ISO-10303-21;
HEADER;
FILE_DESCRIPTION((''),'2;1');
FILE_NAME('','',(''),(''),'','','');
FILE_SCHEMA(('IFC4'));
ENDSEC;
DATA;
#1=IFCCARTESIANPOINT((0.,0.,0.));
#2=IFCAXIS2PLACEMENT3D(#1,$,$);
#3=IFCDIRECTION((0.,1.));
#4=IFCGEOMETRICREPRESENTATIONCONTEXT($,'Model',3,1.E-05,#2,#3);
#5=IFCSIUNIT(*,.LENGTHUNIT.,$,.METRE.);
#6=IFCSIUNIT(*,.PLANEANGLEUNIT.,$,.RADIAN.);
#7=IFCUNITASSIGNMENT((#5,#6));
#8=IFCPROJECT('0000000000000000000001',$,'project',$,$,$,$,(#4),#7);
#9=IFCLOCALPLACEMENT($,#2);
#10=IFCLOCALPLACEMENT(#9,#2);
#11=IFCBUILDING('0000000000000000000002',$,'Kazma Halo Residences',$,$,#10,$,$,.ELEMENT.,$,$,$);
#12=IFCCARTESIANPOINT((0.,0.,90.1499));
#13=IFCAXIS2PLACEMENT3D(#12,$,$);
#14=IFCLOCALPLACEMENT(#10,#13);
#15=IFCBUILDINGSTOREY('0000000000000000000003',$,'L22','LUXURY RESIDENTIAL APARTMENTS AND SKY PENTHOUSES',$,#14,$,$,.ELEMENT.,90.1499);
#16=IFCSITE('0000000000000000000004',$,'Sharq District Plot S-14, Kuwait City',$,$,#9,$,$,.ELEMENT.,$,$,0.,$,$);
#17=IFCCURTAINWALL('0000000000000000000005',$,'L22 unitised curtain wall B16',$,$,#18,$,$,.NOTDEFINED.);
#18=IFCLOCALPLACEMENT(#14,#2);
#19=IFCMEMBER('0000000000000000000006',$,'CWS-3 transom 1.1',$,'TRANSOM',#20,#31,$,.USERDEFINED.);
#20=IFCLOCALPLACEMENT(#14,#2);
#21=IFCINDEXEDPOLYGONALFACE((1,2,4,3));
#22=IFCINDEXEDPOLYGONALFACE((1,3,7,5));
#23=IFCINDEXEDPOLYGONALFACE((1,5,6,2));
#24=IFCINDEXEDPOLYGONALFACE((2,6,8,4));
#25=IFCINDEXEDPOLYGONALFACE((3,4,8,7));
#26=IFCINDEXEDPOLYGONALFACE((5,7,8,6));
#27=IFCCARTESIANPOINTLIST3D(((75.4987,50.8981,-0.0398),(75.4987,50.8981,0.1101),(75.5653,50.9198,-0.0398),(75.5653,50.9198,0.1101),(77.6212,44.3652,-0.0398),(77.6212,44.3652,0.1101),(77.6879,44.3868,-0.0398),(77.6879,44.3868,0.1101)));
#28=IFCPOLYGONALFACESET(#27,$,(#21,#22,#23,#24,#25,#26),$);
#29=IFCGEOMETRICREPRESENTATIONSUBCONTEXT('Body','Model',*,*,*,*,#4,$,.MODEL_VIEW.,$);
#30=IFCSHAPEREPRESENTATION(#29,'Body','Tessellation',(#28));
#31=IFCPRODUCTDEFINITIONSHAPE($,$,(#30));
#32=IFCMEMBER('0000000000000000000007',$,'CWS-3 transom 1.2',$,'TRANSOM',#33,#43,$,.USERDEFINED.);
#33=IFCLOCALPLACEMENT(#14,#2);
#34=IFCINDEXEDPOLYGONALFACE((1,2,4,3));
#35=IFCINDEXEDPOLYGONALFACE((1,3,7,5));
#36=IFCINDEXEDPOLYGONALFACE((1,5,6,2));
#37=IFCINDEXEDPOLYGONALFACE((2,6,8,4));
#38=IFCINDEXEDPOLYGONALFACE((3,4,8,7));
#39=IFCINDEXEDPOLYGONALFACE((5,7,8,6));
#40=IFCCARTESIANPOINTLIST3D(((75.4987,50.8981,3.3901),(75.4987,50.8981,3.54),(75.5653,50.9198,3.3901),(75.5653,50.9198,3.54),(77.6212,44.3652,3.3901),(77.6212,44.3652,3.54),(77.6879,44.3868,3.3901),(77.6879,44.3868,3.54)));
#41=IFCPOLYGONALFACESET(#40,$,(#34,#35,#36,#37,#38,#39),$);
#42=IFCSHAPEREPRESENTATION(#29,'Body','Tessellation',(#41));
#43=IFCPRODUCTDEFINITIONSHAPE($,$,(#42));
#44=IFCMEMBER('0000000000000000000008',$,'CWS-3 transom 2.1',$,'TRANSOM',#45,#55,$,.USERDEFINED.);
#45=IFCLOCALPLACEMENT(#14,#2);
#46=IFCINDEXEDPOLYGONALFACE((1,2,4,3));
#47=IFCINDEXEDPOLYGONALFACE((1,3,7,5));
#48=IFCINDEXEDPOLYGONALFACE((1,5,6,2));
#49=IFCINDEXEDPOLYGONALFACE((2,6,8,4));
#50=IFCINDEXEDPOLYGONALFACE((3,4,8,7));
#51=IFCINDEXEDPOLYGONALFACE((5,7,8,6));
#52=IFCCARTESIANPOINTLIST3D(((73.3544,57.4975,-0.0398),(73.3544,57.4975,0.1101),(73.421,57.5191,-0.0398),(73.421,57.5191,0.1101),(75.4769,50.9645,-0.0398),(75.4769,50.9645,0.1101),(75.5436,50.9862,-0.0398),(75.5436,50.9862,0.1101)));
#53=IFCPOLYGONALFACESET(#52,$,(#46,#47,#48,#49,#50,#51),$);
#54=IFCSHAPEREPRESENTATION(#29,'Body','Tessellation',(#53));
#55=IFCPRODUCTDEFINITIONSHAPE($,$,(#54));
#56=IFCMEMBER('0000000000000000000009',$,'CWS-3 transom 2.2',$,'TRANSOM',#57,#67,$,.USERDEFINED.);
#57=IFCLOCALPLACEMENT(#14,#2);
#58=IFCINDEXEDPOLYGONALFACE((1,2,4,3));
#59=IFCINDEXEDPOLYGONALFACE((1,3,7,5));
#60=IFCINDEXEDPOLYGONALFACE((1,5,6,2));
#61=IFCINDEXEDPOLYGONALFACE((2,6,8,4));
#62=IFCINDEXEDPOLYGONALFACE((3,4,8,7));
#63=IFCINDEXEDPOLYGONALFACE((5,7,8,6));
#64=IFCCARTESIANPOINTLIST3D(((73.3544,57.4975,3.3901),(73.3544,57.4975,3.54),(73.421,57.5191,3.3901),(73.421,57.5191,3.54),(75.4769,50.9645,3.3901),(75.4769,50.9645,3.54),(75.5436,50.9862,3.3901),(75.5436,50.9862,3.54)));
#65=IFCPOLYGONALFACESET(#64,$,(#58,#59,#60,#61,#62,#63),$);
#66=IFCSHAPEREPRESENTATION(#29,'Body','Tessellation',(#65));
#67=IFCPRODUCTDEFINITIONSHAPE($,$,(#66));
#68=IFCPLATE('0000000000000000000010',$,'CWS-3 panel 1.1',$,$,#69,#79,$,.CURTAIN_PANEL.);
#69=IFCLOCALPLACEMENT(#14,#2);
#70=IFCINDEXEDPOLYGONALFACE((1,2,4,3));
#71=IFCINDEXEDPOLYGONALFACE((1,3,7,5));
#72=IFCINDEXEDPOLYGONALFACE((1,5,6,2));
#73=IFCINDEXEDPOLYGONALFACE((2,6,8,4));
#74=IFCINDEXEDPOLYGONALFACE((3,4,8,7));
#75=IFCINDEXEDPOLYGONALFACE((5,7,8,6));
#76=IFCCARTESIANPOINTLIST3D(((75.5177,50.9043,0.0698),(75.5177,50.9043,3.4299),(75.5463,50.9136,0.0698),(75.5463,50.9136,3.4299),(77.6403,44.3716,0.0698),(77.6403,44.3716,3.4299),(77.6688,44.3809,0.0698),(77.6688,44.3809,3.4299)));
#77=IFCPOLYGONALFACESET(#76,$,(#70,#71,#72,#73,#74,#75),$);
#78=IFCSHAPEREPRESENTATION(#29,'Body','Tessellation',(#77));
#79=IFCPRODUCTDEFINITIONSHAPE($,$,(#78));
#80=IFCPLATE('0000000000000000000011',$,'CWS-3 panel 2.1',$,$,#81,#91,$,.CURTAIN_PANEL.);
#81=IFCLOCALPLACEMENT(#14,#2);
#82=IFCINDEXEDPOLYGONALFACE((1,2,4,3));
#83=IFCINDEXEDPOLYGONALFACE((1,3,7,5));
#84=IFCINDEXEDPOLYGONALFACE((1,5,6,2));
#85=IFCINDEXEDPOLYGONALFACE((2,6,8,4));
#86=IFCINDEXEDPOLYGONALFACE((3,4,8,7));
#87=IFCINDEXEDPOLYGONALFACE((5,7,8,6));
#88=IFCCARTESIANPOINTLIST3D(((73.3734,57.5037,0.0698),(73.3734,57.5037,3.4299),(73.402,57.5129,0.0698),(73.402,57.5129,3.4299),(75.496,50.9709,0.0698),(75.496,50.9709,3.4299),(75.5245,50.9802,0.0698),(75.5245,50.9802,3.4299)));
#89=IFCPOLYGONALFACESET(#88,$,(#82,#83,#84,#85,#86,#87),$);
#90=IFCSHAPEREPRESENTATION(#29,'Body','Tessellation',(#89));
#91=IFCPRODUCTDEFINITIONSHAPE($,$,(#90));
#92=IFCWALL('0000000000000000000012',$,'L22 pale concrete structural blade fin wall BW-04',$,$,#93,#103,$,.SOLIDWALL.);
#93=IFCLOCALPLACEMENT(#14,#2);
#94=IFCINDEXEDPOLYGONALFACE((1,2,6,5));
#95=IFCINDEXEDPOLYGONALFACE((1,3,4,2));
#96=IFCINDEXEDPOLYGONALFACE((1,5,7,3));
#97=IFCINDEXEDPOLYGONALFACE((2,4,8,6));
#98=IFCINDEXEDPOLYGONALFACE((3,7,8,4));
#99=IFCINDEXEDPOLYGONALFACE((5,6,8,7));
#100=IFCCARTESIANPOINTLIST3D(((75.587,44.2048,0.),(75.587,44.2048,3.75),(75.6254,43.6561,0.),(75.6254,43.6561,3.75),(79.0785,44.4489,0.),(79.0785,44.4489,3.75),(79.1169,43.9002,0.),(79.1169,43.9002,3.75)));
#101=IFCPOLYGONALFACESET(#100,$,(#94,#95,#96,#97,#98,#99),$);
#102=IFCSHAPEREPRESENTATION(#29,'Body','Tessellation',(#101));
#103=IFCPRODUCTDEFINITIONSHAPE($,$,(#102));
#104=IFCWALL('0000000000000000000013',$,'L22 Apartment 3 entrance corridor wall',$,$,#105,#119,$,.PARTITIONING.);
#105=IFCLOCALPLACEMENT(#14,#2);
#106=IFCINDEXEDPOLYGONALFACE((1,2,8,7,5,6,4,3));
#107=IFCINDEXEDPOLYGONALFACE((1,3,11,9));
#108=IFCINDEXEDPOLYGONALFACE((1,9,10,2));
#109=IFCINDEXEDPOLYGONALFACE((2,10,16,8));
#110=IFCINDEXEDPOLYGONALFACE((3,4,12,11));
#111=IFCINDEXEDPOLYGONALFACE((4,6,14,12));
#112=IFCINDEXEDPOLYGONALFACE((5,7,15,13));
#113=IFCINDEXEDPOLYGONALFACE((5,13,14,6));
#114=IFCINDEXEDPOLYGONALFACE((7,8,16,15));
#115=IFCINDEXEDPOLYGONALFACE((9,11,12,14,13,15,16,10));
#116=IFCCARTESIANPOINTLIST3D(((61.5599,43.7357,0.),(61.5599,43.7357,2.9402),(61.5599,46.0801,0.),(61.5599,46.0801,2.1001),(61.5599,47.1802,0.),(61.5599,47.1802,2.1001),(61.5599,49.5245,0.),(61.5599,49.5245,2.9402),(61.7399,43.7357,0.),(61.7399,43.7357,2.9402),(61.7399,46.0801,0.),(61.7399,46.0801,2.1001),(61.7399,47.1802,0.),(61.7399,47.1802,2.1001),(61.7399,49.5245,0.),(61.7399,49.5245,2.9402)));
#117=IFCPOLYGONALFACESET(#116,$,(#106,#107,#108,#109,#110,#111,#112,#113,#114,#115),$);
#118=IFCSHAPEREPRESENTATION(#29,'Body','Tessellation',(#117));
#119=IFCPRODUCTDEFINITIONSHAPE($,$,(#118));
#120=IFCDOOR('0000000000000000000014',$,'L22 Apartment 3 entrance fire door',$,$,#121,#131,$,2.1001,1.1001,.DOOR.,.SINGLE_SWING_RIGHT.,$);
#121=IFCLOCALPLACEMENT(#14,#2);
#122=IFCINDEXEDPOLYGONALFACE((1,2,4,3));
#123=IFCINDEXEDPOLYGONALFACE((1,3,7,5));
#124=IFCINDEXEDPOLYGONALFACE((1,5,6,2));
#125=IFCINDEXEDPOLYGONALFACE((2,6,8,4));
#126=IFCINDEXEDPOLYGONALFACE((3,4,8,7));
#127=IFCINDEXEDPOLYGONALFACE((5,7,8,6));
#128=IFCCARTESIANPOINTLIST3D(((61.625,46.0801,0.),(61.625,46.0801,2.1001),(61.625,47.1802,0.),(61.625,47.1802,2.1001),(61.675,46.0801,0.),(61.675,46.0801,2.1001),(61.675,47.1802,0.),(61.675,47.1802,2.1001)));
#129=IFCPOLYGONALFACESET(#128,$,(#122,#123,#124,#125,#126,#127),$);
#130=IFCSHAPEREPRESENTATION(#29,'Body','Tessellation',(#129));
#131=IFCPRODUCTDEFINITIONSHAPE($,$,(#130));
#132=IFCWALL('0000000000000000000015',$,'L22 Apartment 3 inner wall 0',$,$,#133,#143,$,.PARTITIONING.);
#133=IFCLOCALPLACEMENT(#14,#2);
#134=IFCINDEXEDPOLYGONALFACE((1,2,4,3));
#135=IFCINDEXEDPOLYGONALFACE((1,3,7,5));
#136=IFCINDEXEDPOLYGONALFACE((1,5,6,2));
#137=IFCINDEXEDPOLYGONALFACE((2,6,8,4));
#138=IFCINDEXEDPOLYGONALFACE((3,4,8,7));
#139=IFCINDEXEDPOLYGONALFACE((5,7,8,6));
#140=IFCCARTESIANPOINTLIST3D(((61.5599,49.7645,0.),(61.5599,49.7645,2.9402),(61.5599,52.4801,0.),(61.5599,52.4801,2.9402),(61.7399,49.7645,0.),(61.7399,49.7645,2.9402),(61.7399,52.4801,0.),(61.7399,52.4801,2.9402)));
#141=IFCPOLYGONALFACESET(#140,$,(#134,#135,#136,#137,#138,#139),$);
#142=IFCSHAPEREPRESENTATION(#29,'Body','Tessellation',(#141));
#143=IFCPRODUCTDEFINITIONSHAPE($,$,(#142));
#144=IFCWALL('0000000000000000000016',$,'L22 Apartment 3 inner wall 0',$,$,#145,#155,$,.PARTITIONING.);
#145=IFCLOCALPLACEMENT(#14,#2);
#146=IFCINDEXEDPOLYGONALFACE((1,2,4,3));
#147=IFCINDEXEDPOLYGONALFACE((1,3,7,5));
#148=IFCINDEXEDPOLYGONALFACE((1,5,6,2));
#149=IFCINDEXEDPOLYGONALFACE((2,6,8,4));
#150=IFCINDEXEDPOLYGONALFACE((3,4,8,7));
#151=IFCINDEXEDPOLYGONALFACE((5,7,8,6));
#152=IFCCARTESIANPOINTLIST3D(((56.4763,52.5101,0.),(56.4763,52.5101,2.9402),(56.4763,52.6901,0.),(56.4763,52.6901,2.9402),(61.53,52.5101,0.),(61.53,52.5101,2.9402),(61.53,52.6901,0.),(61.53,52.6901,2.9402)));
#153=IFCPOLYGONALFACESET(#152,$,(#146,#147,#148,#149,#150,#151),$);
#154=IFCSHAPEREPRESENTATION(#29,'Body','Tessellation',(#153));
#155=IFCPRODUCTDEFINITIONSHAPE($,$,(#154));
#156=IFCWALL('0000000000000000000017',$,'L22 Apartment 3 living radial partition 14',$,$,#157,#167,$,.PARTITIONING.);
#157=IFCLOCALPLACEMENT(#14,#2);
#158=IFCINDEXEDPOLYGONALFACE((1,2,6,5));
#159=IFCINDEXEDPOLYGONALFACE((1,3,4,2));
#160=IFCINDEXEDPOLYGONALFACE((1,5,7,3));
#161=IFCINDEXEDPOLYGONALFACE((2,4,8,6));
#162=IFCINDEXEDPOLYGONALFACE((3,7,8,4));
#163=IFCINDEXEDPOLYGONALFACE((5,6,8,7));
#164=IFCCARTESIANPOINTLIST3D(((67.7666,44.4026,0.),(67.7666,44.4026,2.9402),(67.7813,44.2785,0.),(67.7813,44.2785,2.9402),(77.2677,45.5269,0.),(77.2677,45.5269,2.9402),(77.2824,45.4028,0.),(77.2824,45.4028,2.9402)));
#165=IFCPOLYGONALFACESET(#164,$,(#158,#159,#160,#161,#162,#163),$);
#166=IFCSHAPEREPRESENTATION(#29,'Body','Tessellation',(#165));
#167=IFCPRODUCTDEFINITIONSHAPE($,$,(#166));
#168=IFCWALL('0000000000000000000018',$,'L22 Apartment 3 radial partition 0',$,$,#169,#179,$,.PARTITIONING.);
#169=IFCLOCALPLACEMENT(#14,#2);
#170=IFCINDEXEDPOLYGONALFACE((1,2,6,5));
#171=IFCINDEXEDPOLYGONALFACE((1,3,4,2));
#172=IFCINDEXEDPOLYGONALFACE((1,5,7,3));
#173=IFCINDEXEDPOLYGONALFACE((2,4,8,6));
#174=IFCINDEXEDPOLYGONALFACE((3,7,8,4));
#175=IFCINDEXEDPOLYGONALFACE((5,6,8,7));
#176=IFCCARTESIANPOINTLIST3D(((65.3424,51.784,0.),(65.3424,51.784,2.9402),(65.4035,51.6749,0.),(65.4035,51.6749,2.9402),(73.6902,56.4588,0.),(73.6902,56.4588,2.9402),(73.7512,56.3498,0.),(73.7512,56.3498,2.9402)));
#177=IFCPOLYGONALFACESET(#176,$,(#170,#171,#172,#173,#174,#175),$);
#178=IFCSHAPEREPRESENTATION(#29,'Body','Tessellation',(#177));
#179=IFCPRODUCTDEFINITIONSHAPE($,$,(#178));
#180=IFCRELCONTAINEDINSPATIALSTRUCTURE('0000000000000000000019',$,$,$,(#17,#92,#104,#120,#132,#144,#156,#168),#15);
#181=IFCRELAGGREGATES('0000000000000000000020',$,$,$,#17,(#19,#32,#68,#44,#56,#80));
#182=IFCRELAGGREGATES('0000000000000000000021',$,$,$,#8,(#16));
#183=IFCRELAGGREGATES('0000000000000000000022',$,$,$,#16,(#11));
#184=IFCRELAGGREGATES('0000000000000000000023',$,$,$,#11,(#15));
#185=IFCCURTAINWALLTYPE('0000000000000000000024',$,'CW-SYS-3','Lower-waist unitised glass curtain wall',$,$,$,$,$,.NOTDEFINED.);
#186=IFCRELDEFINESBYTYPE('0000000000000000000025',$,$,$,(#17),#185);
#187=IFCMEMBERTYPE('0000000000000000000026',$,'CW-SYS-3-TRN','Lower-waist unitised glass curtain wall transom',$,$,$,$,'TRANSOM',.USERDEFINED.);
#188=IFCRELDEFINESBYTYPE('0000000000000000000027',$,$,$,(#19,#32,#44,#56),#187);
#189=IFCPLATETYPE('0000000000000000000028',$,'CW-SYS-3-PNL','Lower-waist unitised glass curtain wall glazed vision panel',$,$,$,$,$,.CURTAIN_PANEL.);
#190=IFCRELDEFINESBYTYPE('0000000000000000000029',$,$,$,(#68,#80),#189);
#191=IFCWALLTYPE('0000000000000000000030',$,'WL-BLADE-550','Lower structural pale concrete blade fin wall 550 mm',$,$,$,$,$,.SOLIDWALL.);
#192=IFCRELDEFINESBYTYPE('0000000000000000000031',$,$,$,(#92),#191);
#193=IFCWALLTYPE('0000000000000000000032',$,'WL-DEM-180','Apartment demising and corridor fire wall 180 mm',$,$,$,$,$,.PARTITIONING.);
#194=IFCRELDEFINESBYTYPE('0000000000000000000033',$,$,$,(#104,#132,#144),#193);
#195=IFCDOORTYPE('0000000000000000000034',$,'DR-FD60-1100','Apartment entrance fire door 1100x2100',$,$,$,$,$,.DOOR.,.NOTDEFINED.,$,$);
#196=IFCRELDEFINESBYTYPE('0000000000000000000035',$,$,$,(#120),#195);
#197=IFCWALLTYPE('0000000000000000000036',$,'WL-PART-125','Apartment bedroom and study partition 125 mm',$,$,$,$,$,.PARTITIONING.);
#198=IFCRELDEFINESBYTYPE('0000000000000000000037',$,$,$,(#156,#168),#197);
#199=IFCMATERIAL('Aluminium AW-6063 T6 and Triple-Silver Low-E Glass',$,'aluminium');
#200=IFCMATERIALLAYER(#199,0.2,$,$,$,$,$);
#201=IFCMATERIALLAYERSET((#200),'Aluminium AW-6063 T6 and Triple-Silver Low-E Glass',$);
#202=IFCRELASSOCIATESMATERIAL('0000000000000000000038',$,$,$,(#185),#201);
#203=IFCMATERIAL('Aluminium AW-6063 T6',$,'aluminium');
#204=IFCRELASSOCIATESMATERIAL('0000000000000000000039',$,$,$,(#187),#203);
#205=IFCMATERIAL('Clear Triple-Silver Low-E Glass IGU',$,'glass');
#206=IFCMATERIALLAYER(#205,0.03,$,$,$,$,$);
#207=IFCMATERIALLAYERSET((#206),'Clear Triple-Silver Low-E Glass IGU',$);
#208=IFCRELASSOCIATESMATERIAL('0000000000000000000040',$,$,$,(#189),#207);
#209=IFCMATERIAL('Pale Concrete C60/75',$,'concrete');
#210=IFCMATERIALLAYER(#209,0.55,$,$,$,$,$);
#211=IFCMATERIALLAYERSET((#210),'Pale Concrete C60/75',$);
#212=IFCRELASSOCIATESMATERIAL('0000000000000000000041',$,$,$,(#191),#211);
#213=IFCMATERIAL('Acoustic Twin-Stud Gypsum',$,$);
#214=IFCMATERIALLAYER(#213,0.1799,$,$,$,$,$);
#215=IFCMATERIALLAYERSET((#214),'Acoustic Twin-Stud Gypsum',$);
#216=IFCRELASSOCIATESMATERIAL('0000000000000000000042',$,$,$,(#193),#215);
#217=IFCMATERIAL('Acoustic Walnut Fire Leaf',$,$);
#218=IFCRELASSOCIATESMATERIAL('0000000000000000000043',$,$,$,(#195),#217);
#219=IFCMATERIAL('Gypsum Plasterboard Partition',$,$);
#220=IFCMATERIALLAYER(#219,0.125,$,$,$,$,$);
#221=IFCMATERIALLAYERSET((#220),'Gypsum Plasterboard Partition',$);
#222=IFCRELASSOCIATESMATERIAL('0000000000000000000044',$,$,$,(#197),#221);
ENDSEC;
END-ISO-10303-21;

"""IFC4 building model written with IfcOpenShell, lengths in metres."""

from ifc_helpers import new_model, si_unit, direction, frame, frame_2d, origin, origin_2d, place, context, subcontext, project, spatial, rectangle, extrude, material, layer, layer_set, material_profile, profile_set, type_object, element, fill, aggregate, save


model = new_model("IFC4")

# Units and contexts
model_context = context("Model", 3, precision=1e-05, world=origin(), true_north=direction((0.0, 1.0)))
body_context = subcontext(model_context, "Body", "Model", "MODEL_VIEW")
ifc_project = project(units=[si_unit("LENGTHUNIT", "METRE"), si_unit("PLANEANGLEUNIT", "RADIAN")], contexts=[model_context])

# Site, building, storey
site_placement = place(None, origin())
site = spatial("IfcSite", under=ifc_project, at=site_placement, Name="Sharq District Plot S-14, Kuwait City", CompositionType="ELEMENT", RefElevation=0.0)
building_placement = place(site_placement, origin())
building = spatial("IfcBuilding", under=site, at=building_placement, Name="Kazma Halo Residences", CompositionType="ELEMENT")
storey_placement = place(building_placement, frame((0.0, 0.0, 90.1499)))
storey = spatial("IfcBuildingStorey", under=building, at=storey_placement, Name="L22", Description="LUXURY RESIDENTIAL APARTMENTS AND SKY PENTHOUSES", CompositionType="ELEMENT", Elevation=90.1499)

# Shared definitions
ifc_material_1 = material(Name="Aluminium AW-6063 T6 and Triple-Silver Low-E Glass", Category="aluminium")
ifc_layer_1 = layer(ifc_material_1, 0.2)
ifc_layer_set_1 = layer_set([ifc_layer_1], Name="Aluminium AW-6063 T6 and Triple-Silver Low-E Glass")
curtain_wall_type = type_object("IfcCurtainWallType", Name="CW-SYS-3", Description="Lower-waist unitised glass curtain wall", PredefinedType="NOTDEFINED", material=ifc_layer_set_1)
ifc_material_2 = material(Name="Aluminium AW-6063 T6", Category="aluminium")

# Curtain wall, members, plates
curtain_wall_1_placement = place(storey_placement, origin())
curtain_wall_1 = element("IfcCurtainWall", 1, at=curtain_wall_1_placement, inside=storey, type_object=curtain_wall_type, Name="L22 unitised curtain wall B16", PredefinedType="NOTDEFINED")
ifc_material_profile_1 = material_profile(ifc_material_2, rectangle(XDim=0.0701, YDim=0.1499, at=origin_2d()), Name="CWT-70x150")
ifc_profile_set_1 = profile_set([ifc_material_profile_1], Name="Aluminium AW-6063 T6")
member_type_1 = type_object("IfcMemberType", Name="CW-SYS-3-TRN", Description="Lower-waist unitised glass curtain wall transom", ElementType="TRANSOM", PredefinedType="USERDEFINED", material=ifc_profile_set_1)
member_1_placement = place(storey_placement, frame((77.6545, 44.376, 0.0352), z_axis=(-0.309, 0.951062, 0.0), x_axis=(-0.951062, -0.309, 0.0)))
member_1 = element("IfcMember", 2, at=member_1_placement, type_object=member_type_1, Name="CWS-3 transom 1.1", ObjectType="TRANSOM", PredefinedType="USERDEFINED", context=body_context, shape_type="SweptSolid", body=[
    extrude(rectangle(XDim=0.0701, YDim=0.1499, at=origin_2d()), origin(), (0.0, 0.0, 1.0), 6.8691),
])
member_2_placement = place(storey_placement, frame((77.6545, 44.376, 3.4651), z_axis=(-0.309, 0.951062, 0.0), x_axis=(-0.951062, -0.309, 0.0)))
member_2 = element("IfcMember", 3, at=member_2_placement, type_object=member_type_1, Name="CWS-3 transom 1.2", ObjectType="TRANSOM", PredefinedType="USERDEFINED", context=body_context, shape_type="SweptSolid", body=[
    extrude(rectangle(XDim=0.0701, YDim=0.1499, at=origin_2d()), origin(), (0.0, 0.0, 1.0), 6.8691),
])
member_3_placement = place(storey_placement, frame((75.5103, 50.9753, 0.0352), z_axis=(-0.309, 0.951062, 0.0), x_axis=(-0.951062, -0.309, 0.0)))
member_3 = element("IfcMember", 4, at=member_3_placement, type_object=member_type_1, Name="CWS-3 transom 2.1", ObjectType="TRANSOM", PredefinedType="USERDEFINED", context=body_context, shape_type="SweptSolid", body=[
    extrude(rectangle(XDim=0.0701, YDim=0.1499, at=origin_2d()), origin(), (0.0, 0.0, 1.0), 6.8691),
])
member_4_placement = place(storey_placement, frame((75.5103, 50.9753, 3.4651), z_axis=(-0.309, 0.951062, 0.0), x_axis=(-0.951062, -0.309, 0.0)))
member_4 = element("IfcMember", 5, at=member_4_placement, type_object=member_type_1, Name="CWS-3 transom 2.2", ObjectType="TRANSOM", PredefinedType="USERDEFINED", context=body_context, shape_type="SweptSolid", body=[
    extrude(rectangle(XDim=0.0701, YDim=0.1499, at=origin_2d()), origin(), (0.0, 0.0, 1.0), 6.8691),
])
ifc_material_3 = material(Name="Clear Triple-Silver Low-E Glass IGU", Category="glass")
ifc_layer_2 = layer(ifc_material_3, 0.03)
ifc_layer_set_2 = layer_set([ifc_layer_2], Name="Clear Triple-Silver Low-E Glass IGU")
plate_type = type_object("IfcPlateType", Name="CW-SYS-3-PNL", Description="Lower-waist unitised glass curtain wall glazed vision panel", PredefinedType="CURTAIN_PANEL", material=ifc_layer_set_2)
plate_1_placement = place(storey_placement, frame((76.5933, 47.6426, 0.0698), z_axis=(0.0, 0.0, 1.0), x_axis=(-0.309013, 0.951058, 0.0)))
plate_1 = element("IfcPlate", 6, at=plate_1_placement, type_object=plate_type, Name="CWS-3 panel 1.1", PredefinedType="CURTAIN_PANEL", context=body_context, shape_type="SweptSolid", body=[
    extrude(rectangle(XDim=6.8689, YDim=0.03, at=origin_2d()), origin(), (0.0, 0.0, 1.0), 3.3601),
])
plate_2_placement = place(storey_placement, frame((74.449, 54.2419, 0.0698), z_axis=(0.0, 0.0, 1.0), x_axis=(-0.309013, 0.951058, 0.0)))
plate_2 = element("IfcPlate", 7, at=plate_2_placement, type_object=plate_type, Name="CWS-3 panel 2.1", PredefinedType="CURTAIN_PANEL", context=body_context, shape_type="SweptSolid", body=[
    extrude(rectangle(XDim=6.8689, YDim=0.03, at=origin_2d()), origin(), (0.0, 0.0, 1.0), 3.3601),
])
aggregate(curtain_wall_1, [member_1, member_2, plate_1, member_3, member_4, plate_2])

# Wall
ifc_material_4 = material(Name="Pale Concrete C60/75", Category="concrete")
ifc_layer_3 = layer(ifc_material_4, 0.55)
ifc_layer_set_3 = layer_set([ifc_layer_3], Name="Pale Concrete C60/75")
wall_type_1 = type_object("IfcWallType", Name="WL-BLADE-550", Description="Lower structural pale concrete blade fin wall 550 mm", PredefinedType="SOLIDWALL", material=ifc_layer_set_3)
wall_1_placement = place(storey_placement, frame((75.6062, 43.9304, 0.0), z_axis=(0.0, 0.0, 1.0), x_axis=(0.997564, 0.069755, 0.0)))
element("IfcWall", 8, at=wall_1_placement, inside=storey, type_object=wall_type_1, Name="L22 pale concrete structural blade fin wall BW-04", PredefinedType="SOLIDWALL", context=body_context, shape_type="SweptSolid", body=[
    extrude(rectangle(XDim=3.5, YDim=0.55, at=frame_2d((1.75, 0.0))), origin(), (0.0, 0.0, 1.0), 3.75),
])

# Wall, opening, door
ifc_material_5 = material(Name="Acoustic Twin-Stud Gypsum")
ifc_layer_4 = layer(ifc_material_5, 0.1799)
ifc_layer_set_4 = layer_set([ifc_layer_4], Name="Acoustic Twin-Stud Gypsum")
wall_type_2 = type_object("IfcWallType", Name="WL-DEM-180", Description="Apartment demising and corridor fire wall 180 mm", PredefinedType="PARTITIONING", material=ifc_layer_set_4)
wall_2_placement = place(storey_placement, frame((61.6499, 43.7356, 0.0), z_axis=(0.0, 0.0, 1.0), x_axis=(0.0, 1.0, 0.0)))
wall_2 = element("IfcWall", 9, at=wall_2_placement, inside=storey, type_object=wall_type_2, Name="L22 Apartment 3 entrance corridor wall", PredefinedType="PARTITIONING", context=body_context, shape_type="SweptSolid", body=[
    extrude(rectangle(XDim=5.7888, YDim=0.1799, at=frame_2d((2.8945, 0.0))), origin(), (0.0, 0.0, 1.0), 2.9402),
])
opening_1_placement = place(wall_2_placement, frame((2.3445, 0.0, 0.0)))
opening_1 = element("IfcOpeningElement", 10, at=opening_1_placement, cuts=wall_2, PredefinedType="OPENING", context=body_context, shape_type="SweptSolid", body=[
    extrude(rectangle(XDim=1.1001, YDim=2.1001, at=frame_2d((0.55, 1.05))), frame((0.0, 0.0999, 0.0), z_axis=(0.0, -1.0, 0.0), x_axis=(1.0, 0.0, 0.0)), (0.0, 0.0, 1.0), 0.2),
])
ifc_material_6 = material(Name="Acoustic Walnut Fire Leaf")
door_type_1 = type_object("IfcDoorType", Name="DR-FD60-1100", Description="Apartment entrance fire door 1100x2100", OperationType="NOTDEFINED", PredefinedType="DOOR", material=ifc_material_6)
door_1_placement = place(opening_1_placement, origin())
door_1 = element("IfcDoor", 11, at=door_1_placement, inside=storey, type_object=door_type_1, Name="L22 Apartment 3 entrance fire door", OperationType="SINGLE_SWING_RIGHT", OverallHeight=2.1001, OverallWidth=1.1001, PredefinedType="DOOR", context=body_context, shape_type="SweptSolid", body=[
    extrude(rectangle(XDim=1.1001, YDim=2.1001, at=frame_2d((0.55, 1.05))), frame((0.0, 0.0249, 0.0), z_axis=(0.0, -1.0, 0.0), x_axis=(1.0, 0.0, 0.0)), (0.0, 0.0, 1.0), 0.05),
])
fill(opening_1, door_1)

# Walls
wall_3_placement = place(storey_placement, frame((61.6499, 49.7644, 0.0), z_axis=(0.0, 0.0, 1.0), x_axis=(0.0, 1.0, 0.0)))
element("IfcWall", 12, at=wall_3_placement, inside=storey, type_object=wall_type_2, Name="L22 Apartment 3 inner wall 0", PredefinedType="PARTITIONING", context=body_context, shape_type="SweptSolid", body=[
    extrude(rectangle(XDim=2.7156, YDim=0.1799, at=frame_2d((1.3579, 0.0))), origin(), (0.0, 0.0, 1.0), 2.9402),
])
wall_4_placement = place(storey_placement, frame((61.53, 52.6001, 0.0), z_axis=(0.0, 0.0, 1.0), x_axis=(-1.0, 0.0, 0.0)))
element("IfcWall", 13, at=wall_4_placement, inside=storey, type_object=wall_type_2, Name="L22 Apartment 3 inner wall 0", PredefinedType="PARTITIONING", context=body_context, shape_type="SweptSolid", body=[
    extrude(rectangle(XDim=5.0537, YDim=0.1799, at=frame_2d((2.5269, 0.0))), origin(), (0.0, 0.0, 1.0), 2.9402),
])
ifc_material_7 = material(Name="Gypsum Plasterboard Partition")
ifc_layer_5 = layer(ifc_material_7, 0.125)
ifc_layer_set_5 = layer_set([ifc_layer_5], Name="Gypsum Plasterboard Partition")
wall_type_3 = type_object("IfcWallType", Name="WL-PART-125", Description="Apartment bedroom and study partition 125 mm", PredefinedType="PARTITIONING", material=ifc_layer_set_5)
wall_5_placement = place(storey_placement, frame((67.7739, 44.3406, 0.0), z_axis=(0.0, 0.0, 1.0), x_axis=(0.993071, 0.117512, 0.0)))
element("IfcWall", 14, at=wall_5_placement, inside=storey, type_object=wall_type_3, Name="L22 Apartment 3 living radial partition 14", PredefinedType="PARTITIONING", context=body_context, shape_type="SweptSolid", body=[
    extrude(rectangle(XDim=9.5674, YDim=0.125, at=frame_2d((4.7837, 0.0))), origin(), (0.0, 0.0, 1.0), 2.9402),
])
wall_6_placement = place(storey_placement, frame((65.373, 51.7295, 0.0), z_axis=(0.0, 0.0, 1.0), x_axis=(0.872501, 0.488613, 0.0)))
element("IfcWall", 15, at=wall_6_placement, inside=storey, type_object=wall_type_3, Name="L22 Apartment 3 radial partition 0", PredefinedType="PARTITIONING", context=body_context, shape_type="SweptSolid", body=[
    extrude(rectangle(XDim=9.5676, YDim=0.125, at=frame_2d((4.7837, 0.0))), origin(), (0.0, 0.0, 1.0), 2.9402),
])

save(model, "model.ifc")
